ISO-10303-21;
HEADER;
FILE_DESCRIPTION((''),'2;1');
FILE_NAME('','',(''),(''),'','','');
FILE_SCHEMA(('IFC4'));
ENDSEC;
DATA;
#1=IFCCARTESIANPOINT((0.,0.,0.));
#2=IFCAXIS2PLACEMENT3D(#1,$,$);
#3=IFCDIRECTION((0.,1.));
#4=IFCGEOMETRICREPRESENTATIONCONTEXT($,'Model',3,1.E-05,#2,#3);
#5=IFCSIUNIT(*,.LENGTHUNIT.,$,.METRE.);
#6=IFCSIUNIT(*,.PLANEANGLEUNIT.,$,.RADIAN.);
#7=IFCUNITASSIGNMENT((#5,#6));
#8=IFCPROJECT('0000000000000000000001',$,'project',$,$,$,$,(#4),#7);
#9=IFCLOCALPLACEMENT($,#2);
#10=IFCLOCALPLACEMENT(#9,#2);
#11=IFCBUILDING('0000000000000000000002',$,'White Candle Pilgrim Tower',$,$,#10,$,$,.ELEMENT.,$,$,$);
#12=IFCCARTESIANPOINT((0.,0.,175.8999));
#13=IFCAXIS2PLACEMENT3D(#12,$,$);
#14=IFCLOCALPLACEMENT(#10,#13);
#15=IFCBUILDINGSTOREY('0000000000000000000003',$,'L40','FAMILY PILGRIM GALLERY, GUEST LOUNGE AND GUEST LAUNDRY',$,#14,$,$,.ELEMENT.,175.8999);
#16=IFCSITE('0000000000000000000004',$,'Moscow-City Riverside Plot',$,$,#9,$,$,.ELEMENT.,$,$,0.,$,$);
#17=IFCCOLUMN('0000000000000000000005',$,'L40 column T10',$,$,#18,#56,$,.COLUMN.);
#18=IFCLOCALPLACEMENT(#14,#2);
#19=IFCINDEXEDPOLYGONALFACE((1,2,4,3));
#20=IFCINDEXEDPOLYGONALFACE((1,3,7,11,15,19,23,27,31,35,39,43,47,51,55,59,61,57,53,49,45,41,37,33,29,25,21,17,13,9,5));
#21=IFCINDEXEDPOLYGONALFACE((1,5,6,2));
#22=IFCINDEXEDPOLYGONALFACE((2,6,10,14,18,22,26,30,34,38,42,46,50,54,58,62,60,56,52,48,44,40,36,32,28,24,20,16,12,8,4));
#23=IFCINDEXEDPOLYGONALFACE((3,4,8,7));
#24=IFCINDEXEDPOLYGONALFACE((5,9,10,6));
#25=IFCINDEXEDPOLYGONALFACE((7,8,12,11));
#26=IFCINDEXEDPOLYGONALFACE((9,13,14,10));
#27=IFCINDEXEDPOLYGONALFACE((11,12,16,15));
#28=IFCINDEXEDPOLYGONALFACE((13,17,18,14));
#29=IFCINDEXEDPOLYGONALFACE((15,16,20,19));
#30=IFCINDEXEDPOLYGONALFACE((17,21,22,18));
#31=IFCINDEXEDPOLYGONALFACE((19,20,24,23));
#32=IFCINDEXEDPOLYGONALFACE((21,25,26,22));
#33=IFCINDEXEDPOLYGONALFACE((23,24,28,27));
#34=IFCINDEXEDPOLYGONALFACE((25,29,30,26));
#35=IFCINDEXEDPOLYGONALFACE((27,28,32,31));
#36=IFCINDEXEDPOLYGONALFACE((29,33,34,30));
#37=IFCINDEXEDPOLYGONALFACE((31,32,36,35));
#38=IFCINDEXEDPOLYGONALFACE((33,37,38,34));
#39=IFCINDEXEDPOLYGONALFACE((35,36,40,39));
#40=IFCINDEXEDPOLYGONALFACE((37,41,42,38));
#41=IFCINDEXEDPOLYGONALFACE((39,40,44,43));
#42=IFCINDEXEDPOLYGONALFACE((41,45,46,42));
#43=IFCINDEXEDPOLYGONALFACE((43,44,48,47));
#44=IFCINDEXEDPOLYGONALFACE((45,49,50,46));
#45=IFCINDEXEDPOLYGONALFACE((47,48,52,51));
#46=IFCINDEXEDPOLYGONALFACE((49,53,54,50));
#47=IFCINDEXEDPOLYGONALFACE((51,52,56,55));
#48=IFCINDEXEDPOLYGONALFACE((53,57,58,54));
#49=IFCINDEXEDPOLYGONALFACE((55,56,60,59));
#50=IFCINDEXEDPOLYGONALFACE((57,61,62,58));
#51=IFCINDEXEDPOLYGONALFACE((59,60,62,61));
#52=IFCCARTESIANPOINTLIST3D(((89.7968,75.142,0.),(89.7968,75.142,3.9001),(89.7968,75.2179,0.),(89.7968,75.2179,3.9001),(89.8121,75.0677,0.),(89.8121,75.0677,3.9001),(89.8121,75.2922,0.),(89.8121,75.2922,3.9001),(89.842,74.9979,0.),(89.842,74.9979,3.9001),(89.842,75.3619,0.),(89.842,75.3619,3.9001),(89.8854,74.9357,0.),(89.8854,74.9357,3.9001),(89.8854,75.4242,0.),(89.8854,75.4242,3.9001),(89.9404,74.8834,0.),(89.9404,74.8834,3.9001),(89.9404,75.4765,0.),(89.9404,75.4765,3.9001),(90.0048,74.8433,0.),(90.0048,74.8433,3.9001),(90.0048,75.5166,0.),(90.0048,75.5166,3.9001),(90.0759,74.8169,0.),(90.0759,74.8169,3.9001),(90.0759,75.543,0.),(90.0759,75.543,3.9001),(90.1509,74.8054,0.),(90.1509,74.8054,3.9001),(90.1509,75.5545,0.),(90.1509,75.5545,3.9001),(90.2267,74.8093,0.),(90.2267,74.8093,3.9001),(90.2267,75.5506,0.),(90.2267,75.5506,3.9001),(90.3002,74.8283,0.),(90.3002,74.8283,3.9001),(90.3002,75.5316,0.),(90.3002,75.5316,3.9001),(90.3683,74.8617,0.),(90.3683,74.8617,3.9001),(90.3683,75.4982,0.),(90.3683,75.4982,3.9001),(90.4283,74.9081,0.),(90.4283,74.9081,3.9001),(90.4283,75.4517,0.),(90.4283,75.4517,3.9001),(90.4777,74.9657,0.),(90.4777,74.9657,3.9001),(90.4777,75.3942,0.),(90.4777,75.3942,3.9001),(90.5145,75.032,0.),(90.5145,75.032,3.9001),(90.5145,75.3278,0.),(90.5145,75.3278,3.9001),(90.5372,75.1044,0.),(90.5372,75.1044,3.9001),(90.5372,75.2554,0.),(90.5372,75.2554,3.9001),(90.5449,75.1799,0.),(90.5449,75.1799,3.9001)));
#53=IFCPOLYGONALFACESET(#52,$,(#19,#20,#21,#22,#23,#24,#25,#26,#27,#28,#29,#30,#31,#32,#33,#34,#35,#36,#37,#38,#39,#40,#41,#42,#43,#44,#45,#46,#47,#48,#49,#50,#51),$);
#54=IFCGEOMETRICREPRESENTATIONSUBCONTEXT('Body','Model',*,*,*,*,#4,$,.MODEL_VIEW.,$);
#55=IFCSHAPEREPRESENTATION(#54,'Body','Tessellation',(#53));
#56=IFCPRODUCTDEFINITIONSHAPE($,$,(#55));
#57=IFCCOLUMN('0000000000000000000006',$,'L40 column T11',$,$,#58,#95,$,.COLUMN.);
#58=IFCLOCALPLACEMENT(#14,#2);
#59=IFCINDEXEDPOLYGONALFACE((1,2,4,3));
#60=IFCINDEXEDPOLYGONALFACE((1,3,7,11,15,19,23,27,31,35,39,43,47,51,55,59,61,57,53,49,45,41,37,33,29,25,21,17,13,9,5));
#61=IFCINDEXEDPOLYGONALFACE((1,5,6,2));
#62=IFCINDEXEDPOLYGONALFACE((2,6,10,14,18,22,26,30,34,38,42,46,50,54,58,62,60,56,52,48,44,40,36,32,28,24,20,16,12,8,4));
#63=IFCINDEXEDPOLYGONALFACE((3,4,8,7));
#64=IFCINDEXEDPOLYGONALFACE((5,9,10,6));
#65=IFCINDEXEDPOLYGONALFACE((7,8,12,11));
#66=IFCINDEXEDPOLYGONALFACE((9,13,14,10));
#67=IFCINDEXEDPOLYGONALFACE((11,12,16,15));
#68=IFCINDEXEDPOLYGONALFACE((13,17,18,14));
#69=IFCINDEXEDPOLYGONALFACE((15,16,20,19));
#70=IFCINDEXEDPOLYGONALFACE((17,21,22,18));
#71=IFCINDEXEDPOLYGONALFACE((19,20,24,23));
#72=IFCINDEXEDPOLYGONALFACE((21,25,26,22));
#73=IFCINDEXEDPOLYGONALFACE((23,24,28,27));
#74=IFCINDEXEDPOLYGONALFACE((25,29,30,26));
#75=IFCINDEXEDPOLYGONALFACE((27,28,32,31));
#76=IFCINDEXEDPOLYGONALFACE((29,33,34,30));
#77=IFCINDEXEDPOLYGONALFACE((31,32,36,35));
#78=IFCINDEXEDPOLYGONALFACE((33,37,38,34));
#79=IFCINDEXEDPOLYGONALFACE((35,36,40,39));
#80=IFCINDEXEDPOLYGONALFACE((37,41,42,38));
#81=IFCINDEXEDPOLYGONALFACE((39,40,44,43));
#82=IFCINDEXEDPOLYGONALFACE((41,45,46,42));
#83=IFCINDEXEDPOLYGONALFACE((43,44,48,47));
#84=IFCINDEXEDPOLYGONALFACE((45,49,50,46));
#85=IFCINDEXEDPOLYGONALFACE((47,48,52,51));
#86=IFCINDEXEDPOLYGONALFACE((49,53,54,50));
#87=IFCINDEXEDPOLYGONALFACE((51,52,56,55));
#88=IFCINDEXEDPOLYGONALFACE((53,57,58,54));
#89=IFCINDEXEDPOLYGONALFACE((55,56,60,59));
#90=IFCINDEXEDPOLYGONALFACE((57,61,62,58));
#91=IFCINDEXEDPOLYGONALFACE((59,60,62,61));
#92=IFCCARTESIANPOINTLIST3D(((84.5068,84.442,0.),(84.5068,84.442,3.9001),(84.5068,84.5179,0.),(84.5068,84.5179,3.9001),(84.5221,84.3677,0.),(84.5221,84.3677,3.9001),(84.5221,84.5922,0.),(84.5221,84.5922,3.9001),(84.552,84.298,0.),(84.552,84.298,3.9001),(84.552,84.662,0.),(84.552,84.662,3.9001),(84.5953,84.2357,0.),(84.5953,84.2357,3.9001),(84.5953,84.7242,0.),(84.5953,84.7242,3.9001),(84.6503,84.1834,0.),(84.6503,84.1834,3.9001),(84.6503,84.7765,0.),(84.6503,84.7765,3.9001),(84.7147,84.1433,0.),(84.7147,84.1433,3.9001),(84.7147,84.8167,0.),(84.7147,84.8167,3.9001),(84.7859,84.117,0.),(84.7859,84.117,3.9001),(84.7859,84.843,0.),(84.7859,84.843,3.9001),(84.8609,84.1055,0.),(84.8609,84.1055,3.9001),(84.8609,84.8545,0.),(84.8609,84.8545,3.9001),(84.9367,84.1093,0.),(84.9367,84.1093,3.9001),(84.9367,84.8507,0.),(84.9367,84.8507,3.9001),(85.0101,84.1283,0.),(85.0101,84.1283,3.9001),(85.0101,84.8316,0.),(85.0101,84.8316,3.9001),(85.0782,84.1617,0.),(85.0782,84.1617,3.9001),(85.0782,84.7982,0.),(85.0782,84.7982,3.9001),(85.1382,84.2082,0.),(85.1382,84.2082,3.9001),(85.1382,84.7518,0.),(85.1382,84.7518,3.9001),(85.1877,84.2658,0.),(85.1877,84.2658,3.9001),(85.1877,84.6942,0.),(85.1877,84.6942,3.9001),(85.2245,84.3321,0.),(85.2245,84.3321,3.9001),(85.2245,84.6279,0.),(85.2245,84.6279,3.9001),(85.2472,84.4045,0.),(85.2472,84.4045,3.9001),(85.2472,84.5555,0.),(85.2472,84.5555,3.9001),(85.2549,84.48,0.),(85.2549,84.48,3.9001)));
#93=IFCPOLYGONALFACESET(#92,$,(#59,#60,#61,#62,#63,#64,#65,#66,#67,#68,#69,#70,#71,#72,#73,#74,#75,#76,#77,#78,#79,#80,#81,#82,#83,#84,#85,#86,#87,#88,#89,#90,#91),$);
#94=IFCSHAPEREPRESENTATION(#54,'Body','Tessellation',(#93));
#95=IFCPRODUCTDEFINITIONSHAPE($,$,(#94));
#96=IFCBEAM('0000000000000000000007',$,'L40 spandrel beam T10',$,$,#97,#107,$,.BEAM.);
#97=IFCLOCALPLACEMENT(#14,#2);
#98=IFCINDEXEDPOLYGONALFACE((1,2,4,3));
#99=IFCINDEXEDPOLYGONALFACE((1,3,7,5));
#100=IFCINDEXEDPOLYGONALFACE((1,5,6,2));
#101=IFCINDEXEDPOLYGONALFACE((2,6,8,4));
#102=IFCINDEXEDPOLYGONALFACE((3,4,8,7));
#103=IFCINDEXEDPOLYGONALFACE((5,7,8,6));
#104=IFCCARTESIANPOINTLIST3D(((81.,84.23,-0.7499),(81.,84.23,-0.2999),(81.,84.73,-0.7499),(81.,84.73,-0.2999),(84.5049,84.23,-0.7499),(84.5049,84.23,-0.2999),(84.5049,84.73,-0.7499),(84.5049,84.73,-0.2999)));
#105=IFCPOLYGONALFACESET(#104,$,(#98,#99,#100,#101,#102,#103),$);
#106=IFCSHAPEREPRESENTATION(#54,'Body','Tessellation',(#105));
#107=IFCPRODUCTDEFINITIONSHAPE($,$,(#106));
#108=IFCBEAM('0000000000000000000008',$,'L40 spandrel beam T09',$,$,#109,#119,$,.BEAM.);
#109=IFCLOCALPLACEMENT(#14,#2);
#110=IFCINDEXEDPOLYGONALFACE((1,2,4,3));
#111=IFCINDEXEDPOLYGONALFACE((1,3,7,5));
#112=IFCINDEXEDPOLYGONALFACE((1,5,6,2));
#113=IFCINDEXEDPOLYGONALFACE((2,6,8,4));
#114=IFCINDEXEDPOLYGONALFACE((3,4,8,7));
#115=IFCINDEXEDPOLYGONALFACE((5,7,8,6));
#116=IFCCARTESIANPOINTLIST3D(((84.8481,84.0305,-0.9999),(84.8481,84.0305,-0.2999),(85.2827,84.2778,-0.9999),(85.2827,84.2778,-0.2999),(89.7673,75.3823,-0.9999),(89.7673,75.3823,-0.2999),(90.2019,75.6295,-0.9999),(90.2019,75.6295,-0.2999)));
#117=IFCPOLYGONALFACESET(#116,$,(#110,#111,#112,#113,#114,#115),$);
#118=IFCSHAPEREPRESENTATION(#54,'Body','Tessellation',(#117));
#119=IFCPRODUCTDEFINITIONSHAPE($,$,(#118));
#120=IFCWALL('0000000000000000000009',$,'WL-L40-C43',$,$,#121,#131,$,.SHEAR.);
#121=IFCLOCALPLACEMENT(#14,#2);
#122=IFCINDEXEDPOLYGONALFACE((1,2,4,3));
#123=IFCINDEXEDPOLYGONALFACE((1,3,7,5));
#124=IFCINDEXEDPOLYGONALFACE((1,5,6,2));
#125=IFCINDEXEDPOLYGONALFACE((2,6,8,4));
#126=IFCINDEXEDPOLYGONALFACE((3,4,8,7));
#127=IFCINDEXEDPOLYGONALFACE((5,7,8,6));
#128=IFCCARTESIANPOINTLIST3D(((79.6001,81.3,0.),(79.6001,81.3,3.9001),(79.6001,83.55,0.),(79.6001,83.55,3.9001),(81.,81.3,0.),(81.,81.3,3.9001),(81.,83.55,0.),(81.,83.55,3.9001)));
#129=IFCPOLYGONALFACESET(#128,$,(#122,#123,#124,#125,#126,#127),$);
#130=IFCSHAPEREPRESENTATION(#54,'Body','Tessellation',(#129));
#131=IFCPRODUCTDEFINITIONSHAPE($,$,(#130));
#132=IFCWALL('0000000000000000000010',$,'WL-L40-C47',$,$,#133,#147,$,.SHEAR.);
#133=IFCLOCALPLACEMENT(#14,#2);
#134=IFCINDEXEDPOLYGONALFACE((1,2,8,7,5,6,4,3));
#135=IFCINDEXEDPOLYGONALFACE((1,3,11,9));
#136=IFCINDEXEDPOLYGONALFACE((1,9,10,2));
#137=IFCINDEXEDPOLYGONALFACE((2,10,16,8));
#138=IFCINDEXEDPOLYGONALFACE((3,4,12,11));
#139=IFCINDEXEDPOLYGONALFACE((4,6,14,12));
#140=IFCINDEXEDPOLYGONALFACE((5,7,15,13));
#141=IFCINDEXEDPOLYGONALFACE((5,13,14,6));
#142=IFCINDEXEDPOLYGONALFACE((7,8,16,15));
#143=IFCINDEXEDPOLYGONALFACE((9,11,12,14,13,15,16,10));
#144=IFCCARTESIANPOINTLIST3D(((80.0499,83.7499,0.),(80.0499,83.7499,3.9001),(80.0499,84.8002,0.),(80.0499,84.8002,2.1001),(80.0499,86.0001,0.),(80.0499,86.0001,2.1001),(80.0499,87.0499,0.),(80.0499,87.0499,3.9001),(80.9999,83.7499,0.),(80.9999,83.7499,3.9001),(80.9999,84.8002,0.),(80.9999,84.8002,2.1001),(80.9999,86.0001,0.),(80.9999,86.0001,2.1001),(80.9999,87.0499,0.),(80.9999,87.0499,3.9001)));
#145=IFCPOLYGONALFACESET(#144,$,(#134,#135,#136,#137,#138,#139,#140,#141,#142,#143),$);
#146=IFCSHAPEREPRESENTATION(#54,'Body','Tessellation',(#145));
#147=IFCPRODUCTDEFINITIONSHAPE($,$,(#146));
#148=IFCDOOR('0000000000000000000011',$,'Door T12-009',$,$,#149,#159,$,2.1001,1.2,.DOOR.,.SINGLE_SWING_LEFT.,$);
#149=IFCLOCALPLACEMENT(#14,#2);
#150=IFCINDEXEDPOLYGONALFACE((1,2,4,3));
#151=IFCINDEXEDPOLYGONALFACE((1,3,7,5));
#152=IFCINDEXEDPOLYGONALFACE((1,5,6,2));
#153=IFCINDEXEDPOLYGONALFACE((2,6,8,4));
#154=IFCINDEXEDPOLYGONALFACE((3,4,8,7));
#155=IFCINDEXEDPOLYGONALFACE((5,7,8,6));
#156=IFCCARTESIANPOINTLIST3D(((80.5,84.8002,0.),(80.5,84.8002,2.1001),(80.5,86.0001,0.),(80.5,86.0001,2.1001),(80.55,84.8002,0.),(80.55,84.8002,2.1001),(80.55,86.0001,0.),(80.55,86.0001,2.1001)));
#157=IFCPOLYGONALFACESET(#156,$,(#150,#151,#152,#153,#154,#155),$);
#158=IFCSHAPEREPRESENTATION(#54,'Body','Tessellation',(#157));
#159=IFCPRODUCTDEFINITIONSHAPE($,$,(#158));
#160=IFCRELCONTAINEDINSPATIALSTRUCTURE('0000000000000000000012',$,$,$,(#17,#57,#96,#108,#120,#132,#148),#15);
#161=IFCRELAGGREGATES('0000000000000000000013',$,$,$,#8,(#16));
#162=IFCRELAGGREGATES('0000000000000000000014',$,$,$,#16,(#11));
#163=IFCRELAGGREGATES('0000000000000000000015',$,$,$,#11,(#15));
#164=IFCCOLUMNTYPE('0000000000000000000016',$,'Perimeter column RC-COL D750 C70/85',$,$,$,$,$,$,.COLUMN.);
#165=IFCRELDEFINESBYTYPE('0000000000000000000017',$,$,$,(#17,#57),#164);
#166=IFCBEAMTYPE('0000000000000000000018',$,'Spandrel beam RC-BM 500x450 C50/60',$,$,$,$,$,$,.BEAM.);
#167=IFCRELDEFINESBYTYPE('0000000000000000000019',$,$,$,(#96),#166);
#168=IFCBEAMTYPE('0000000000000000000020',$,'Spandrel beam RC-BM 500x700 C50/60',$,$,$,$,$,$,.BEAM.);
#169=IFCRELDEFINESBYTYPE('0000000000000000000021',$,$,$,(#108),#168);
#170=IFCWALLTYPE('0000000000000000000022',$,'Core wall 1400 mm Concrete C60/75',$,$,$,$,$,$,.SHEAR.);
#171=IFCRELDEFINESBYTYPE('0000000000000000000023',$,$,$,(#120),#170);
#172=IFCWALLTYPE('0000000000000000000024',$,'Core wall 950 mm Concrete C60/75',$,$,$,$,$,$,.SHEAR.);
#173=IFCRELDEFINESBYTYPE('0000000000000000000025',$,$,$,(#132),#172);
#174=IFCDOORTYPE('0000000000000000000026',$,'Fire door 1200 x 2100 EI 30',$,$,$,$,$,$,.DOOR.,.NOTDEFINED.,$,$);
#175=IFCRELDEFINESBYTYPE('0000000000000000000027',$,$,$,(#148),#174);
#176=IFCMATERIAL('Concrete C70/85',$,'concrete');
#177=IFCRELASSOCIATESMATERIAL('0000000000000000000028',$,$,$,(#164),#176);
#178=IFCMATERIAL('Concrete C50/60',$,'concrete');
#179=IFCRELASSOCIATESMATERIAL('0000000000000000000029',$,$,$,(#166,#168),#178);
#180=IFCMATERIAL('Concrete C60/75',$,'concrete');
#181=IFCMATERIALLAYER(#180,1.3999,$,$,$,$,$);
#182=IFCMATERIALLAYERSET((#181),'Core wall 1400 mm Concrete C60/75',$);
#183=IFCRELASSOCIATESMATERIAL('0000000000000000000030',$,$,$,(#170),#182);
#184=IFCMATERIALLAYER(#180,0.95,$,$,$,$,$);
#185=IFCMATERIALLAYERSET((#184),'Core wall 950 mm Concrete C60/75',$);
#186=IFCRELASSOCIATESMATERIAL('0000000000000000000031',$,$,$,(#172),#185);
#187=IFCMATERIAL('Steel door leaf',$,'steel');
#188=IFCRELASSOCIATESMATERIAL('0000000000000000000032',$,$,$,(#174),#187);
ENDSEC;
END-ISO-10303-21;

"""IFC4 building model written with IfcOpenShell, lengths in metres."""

from ifc_helpers import new_model, si_unit, direction, frame, frame_2d, origin, origin_2d, place, context, subcontext, project, spatial, rectangle, circle, extrude, material, layer, layer_set, material_profile, profile_set, type_object, element, fill, save


model = new_model("IFC4")

# Units and contexts
model_context = context("Model", 3, precision=1e-05, world=origin(), true_north=direction((0.0, 1.0)))
body_context = subcontext(model_context, "Body", "Model", "MODEL_VIEW")
ifc_project = project(units=[si_unit("LENGTHUNIT", "METRE"), si_unit("PLANEANGLEUNIT", "RADIAN")], contexts=[model_context])

# Site, building, storey
site_placement = place(None, origin())
site = spatial("IfcSite", under=ifc_project, at=site_placement, Name="Moscow-City Riverside Plot", CompositionType="ELEMENT", RefElevation=0.0)
building_placement = place(site_placement, origin())
building = spatial("IfcBuilding", under=site, at=building_placement, Name="White Candle Pilgrim Tower", CompositionType="ELEMENT")
storey_placement = place(building_placement, frame((0.0, 0.0, 175.8999)))
storey = spatial("IfcBuildingStorey", under=building, at=storey_placement, Name="L40", Description="FAMILY PILGRIM GALLERY, GUEST LOUNGE AND GUEST LAUNDRY", CompositionType="ELEMENT", Elevation=175.8999)

# Columns
ifc_material_1 = material(Name="Concrete C70/85", Category="concrete")
ifc_material_profile_1 = material_profile(ifc_material_1, circle(Radius=0.375, at=origin_2d()), Name="RC-COL D750")
ifc_profile_set_1 = profile_set([ifc_material_profile_1], Name="Concrete C70/85")
column_type = type_object("IfcColumnType", Name="Perimeter column RC-COL D750 C70/85", PredefinedType="COLUMN", material=ifc_profile_set_1)
for number, where, z_axis, x_axis, name in (
    (1, (90.1699, 75.1799, 0.0), (0.0, 0.0, 1.0), (1.0, 0.0, 0.0), "L40 column T10"),
    (2, (84.8799, 84.48, 0.0), (0.0, 0.0, 1.0), (1.0, 0.0, 0.0), "L40 column T11"),
):
    element("IfcColumn", number, at=place(storey_placement, frame(where, z_axis=z_axis, x_axis=x_axis)), inside=storey, type_object=column_type, Name=name, PredefinedType="COLUMN", context=body_context, shape_type="SweptSolid", body=[
        extrude(circle(Radius=0.375, at=origin_2d()), origin(), (0.0, 0.0, 1.0), 3.9001),
    ])

# Beams
ifc_material_2 = material(Name="Concrete C50/60", Category="concrete")
ifc_material_profile_2 = material_profile(ifc_material_2, rectangle(XDim=0.5, YDim=0.45, at=origin_2d()), Name="RC-BM 500x450")
ifc_profile_set_2 = profile_set([ifc_material_profile_2], Name="Concrete C50/60")
beam_type_1 = type_object("IfcBeamType", Name="Spandrel beam RC-BM 500x450 C50/60", PredefinedType="BEAM", material=ifc_profile_set_2)
beam_1_placement = place(storey_placement, frame((84.5049, 84.48, -0.5249), z_axis=(-1.0, 0.0, 0.0), x_axis=(0.0, -1.0, 0.0)))
element("IfcBeam", 3, at=beam_1_placement, inside=storey, type_object=beam_type_1, Name="L40 spandrel beam T10", PredefinedType="BEAM", context=body_context, shape_type="SweptSolid", body=[
    extrude(rectangle(XDim=0.5, YDim=0.45, at=origin_2d()), origin(), (0.0, 0.0, 1.0), 3.5049),
])
ifc_material_profile_3 = material_profile(ifc_material_2, rectangle(XDim=0.5, YDim=0.7, at=origin_2d()), Name="RC-BM 500x700")
ifc_profile_set_3 = profile_set([ifc_material_profile_3], Name="Concrete C50/60")
beam_type_2 = type_object("IfcBeamType", Name="Spandrel beam RC-BM 500x700 C50/60", PredefinedType="BEAM", material=ifc_profile_set_3)
beam_2_placement = place(storey_placement, frame((89.9846, 75.5059, -0.6499), z_axis=(-0.494423, 0.869221, 0.0), x_axis=(-0.869221, -0.494423, 0.0)))
element("IfcBeam", 4, at=beam_2_placement, inside=storey, type_object=beam_type_2, Name="L40 spandrel beam T09", PredefinedType="BEAM", context=body_context, shape_type="SweptSolid", body=[
    extrude(rectangle(XDim=0.5, YDim=0.7, at=origin_2d()), origin(), (0.0, 0.0, 1.0), 9.9495),
])

# Wall
ifc_material_3 = material(Name="Concrete C60/75", Category="concrete")
ifc_layer_1 = layer(ifc_material_3, 1.3999)
ifc_layer_set_1 = layer_set([ifc_layer_1], Name="Core wall 1400 mm Concrete C60/75")
wall_type_1 = type_object("IfcWallType", Name="Core wall 1400 mm Concrete C60/75", PredefinedType="SHEAR", material=ifc_layer_set_1)
wall_1_placement = place(storey_placement, frame((80.3, 81.3, 0.0), z_axis=(0.0, 0.0, 1.0), x_axis=(0.0, 1.0, 0.0)))
element("IfcWall", 5, at=wall_1_placement, inside=storey, type_object=wall_type_1, Name="WL-L40-C43", PredefinedType="SHEAR", context=body_context, shape_type="SweptSolid", body=[
    extrude(rectangle(XDim=2.25, YDim=1.3999, at=frame_2d((1.125, 0.0))), origin(), (0.0, 0.0, 1.0), 3.9001),
])

# Wall, opening, door
ifc_layer_2 = layer(ifc_material_3, 0.95)
ifc_layer_set_2 = layer_set([ifc_layer_2], Name="Core wall 950 mm Concrete C60/75")
wall_type_2 = type_object("IfcWallType", Name="Core wall 950 mm Concrete C60/75", PredefinedType="SHEAR", material=ifc_layer_set_2)
wall_2_placement = place(storey_placement, frame((80.5249, 83.75, 0.0), z_axis=(0.0, 0.0, 1.0), x_axis=(0.0, 1.0, 0.0)))
wall_2 = element("IfcWall", 6, at=wall_2_placement, inside=storey, type_object=wall_type_2, Name="WL-L40-C47", PredefinedType="SHEAR", context=body_context, shape_type="SweptSolid", body=[
    extrude(rectangle(XDim=3.3, YDim=0.95, at=frame_2d((1.6499, 0.0))), origin(), (0.0, 0.0, 1.0), 3.9001),
])
opening_1_placement = place(wall_2_placement, frame((1.05, 0.0, 0.0)))
opening_1 = element("IfcOpeningElement", 7, at=opening_1_placement, cuts=wall_2, PredefinedType="OPENING", context=body_context, shape_type="SweptSolid", body=[
    extrude(rectangle(XDim=1.2, YDim=2.1001, at=frame_2d((0.6001, 1.05))), frame((0.0, 0.4849, 0.0), z_axis=(0.0, -1.0, 0.0), x_axis=(1.0, 0.0, 0.0)), (0.0, 0.0, 1.0), 0.97),
])
ifc_material_4 = material(Name="Steel door leaf", Category="steel")
door_type_1 = type_object("IfcDoorType", Name="Fire door 1200 x 2100 EI 30", OperationType="NOTDEFINED", PredefinedType="DOOR", material=ifc_material_4)
door_1_placement = place(opening_1_placement, origin())
door_1 = element("IfcDoor", 8, at=door_1_placement, inside=storey, type_object=door_type_1, Name="Door T12-009", OperationType="SINGLE_SWING_LEFT", OverallHeight=2.1001, OverallWidth=1.2, PredefinedType="DOOR", context=body_context, shape_type="SweptSolid", body=[
    extrude(rectangle(XDim=1.2, YDim=2.1001, at=frame_2d((0.6001, 1.05))), frame((0.0, 0.0249, 0.0), z_axis=(0.0, -1.0, 0.0), x_axis=(1.0, 0.0, 0.0)), (0.0, 0.0, 1.0), 0.05),
])
fill(opening_1, door_1)

save(model, "model.ifc")
